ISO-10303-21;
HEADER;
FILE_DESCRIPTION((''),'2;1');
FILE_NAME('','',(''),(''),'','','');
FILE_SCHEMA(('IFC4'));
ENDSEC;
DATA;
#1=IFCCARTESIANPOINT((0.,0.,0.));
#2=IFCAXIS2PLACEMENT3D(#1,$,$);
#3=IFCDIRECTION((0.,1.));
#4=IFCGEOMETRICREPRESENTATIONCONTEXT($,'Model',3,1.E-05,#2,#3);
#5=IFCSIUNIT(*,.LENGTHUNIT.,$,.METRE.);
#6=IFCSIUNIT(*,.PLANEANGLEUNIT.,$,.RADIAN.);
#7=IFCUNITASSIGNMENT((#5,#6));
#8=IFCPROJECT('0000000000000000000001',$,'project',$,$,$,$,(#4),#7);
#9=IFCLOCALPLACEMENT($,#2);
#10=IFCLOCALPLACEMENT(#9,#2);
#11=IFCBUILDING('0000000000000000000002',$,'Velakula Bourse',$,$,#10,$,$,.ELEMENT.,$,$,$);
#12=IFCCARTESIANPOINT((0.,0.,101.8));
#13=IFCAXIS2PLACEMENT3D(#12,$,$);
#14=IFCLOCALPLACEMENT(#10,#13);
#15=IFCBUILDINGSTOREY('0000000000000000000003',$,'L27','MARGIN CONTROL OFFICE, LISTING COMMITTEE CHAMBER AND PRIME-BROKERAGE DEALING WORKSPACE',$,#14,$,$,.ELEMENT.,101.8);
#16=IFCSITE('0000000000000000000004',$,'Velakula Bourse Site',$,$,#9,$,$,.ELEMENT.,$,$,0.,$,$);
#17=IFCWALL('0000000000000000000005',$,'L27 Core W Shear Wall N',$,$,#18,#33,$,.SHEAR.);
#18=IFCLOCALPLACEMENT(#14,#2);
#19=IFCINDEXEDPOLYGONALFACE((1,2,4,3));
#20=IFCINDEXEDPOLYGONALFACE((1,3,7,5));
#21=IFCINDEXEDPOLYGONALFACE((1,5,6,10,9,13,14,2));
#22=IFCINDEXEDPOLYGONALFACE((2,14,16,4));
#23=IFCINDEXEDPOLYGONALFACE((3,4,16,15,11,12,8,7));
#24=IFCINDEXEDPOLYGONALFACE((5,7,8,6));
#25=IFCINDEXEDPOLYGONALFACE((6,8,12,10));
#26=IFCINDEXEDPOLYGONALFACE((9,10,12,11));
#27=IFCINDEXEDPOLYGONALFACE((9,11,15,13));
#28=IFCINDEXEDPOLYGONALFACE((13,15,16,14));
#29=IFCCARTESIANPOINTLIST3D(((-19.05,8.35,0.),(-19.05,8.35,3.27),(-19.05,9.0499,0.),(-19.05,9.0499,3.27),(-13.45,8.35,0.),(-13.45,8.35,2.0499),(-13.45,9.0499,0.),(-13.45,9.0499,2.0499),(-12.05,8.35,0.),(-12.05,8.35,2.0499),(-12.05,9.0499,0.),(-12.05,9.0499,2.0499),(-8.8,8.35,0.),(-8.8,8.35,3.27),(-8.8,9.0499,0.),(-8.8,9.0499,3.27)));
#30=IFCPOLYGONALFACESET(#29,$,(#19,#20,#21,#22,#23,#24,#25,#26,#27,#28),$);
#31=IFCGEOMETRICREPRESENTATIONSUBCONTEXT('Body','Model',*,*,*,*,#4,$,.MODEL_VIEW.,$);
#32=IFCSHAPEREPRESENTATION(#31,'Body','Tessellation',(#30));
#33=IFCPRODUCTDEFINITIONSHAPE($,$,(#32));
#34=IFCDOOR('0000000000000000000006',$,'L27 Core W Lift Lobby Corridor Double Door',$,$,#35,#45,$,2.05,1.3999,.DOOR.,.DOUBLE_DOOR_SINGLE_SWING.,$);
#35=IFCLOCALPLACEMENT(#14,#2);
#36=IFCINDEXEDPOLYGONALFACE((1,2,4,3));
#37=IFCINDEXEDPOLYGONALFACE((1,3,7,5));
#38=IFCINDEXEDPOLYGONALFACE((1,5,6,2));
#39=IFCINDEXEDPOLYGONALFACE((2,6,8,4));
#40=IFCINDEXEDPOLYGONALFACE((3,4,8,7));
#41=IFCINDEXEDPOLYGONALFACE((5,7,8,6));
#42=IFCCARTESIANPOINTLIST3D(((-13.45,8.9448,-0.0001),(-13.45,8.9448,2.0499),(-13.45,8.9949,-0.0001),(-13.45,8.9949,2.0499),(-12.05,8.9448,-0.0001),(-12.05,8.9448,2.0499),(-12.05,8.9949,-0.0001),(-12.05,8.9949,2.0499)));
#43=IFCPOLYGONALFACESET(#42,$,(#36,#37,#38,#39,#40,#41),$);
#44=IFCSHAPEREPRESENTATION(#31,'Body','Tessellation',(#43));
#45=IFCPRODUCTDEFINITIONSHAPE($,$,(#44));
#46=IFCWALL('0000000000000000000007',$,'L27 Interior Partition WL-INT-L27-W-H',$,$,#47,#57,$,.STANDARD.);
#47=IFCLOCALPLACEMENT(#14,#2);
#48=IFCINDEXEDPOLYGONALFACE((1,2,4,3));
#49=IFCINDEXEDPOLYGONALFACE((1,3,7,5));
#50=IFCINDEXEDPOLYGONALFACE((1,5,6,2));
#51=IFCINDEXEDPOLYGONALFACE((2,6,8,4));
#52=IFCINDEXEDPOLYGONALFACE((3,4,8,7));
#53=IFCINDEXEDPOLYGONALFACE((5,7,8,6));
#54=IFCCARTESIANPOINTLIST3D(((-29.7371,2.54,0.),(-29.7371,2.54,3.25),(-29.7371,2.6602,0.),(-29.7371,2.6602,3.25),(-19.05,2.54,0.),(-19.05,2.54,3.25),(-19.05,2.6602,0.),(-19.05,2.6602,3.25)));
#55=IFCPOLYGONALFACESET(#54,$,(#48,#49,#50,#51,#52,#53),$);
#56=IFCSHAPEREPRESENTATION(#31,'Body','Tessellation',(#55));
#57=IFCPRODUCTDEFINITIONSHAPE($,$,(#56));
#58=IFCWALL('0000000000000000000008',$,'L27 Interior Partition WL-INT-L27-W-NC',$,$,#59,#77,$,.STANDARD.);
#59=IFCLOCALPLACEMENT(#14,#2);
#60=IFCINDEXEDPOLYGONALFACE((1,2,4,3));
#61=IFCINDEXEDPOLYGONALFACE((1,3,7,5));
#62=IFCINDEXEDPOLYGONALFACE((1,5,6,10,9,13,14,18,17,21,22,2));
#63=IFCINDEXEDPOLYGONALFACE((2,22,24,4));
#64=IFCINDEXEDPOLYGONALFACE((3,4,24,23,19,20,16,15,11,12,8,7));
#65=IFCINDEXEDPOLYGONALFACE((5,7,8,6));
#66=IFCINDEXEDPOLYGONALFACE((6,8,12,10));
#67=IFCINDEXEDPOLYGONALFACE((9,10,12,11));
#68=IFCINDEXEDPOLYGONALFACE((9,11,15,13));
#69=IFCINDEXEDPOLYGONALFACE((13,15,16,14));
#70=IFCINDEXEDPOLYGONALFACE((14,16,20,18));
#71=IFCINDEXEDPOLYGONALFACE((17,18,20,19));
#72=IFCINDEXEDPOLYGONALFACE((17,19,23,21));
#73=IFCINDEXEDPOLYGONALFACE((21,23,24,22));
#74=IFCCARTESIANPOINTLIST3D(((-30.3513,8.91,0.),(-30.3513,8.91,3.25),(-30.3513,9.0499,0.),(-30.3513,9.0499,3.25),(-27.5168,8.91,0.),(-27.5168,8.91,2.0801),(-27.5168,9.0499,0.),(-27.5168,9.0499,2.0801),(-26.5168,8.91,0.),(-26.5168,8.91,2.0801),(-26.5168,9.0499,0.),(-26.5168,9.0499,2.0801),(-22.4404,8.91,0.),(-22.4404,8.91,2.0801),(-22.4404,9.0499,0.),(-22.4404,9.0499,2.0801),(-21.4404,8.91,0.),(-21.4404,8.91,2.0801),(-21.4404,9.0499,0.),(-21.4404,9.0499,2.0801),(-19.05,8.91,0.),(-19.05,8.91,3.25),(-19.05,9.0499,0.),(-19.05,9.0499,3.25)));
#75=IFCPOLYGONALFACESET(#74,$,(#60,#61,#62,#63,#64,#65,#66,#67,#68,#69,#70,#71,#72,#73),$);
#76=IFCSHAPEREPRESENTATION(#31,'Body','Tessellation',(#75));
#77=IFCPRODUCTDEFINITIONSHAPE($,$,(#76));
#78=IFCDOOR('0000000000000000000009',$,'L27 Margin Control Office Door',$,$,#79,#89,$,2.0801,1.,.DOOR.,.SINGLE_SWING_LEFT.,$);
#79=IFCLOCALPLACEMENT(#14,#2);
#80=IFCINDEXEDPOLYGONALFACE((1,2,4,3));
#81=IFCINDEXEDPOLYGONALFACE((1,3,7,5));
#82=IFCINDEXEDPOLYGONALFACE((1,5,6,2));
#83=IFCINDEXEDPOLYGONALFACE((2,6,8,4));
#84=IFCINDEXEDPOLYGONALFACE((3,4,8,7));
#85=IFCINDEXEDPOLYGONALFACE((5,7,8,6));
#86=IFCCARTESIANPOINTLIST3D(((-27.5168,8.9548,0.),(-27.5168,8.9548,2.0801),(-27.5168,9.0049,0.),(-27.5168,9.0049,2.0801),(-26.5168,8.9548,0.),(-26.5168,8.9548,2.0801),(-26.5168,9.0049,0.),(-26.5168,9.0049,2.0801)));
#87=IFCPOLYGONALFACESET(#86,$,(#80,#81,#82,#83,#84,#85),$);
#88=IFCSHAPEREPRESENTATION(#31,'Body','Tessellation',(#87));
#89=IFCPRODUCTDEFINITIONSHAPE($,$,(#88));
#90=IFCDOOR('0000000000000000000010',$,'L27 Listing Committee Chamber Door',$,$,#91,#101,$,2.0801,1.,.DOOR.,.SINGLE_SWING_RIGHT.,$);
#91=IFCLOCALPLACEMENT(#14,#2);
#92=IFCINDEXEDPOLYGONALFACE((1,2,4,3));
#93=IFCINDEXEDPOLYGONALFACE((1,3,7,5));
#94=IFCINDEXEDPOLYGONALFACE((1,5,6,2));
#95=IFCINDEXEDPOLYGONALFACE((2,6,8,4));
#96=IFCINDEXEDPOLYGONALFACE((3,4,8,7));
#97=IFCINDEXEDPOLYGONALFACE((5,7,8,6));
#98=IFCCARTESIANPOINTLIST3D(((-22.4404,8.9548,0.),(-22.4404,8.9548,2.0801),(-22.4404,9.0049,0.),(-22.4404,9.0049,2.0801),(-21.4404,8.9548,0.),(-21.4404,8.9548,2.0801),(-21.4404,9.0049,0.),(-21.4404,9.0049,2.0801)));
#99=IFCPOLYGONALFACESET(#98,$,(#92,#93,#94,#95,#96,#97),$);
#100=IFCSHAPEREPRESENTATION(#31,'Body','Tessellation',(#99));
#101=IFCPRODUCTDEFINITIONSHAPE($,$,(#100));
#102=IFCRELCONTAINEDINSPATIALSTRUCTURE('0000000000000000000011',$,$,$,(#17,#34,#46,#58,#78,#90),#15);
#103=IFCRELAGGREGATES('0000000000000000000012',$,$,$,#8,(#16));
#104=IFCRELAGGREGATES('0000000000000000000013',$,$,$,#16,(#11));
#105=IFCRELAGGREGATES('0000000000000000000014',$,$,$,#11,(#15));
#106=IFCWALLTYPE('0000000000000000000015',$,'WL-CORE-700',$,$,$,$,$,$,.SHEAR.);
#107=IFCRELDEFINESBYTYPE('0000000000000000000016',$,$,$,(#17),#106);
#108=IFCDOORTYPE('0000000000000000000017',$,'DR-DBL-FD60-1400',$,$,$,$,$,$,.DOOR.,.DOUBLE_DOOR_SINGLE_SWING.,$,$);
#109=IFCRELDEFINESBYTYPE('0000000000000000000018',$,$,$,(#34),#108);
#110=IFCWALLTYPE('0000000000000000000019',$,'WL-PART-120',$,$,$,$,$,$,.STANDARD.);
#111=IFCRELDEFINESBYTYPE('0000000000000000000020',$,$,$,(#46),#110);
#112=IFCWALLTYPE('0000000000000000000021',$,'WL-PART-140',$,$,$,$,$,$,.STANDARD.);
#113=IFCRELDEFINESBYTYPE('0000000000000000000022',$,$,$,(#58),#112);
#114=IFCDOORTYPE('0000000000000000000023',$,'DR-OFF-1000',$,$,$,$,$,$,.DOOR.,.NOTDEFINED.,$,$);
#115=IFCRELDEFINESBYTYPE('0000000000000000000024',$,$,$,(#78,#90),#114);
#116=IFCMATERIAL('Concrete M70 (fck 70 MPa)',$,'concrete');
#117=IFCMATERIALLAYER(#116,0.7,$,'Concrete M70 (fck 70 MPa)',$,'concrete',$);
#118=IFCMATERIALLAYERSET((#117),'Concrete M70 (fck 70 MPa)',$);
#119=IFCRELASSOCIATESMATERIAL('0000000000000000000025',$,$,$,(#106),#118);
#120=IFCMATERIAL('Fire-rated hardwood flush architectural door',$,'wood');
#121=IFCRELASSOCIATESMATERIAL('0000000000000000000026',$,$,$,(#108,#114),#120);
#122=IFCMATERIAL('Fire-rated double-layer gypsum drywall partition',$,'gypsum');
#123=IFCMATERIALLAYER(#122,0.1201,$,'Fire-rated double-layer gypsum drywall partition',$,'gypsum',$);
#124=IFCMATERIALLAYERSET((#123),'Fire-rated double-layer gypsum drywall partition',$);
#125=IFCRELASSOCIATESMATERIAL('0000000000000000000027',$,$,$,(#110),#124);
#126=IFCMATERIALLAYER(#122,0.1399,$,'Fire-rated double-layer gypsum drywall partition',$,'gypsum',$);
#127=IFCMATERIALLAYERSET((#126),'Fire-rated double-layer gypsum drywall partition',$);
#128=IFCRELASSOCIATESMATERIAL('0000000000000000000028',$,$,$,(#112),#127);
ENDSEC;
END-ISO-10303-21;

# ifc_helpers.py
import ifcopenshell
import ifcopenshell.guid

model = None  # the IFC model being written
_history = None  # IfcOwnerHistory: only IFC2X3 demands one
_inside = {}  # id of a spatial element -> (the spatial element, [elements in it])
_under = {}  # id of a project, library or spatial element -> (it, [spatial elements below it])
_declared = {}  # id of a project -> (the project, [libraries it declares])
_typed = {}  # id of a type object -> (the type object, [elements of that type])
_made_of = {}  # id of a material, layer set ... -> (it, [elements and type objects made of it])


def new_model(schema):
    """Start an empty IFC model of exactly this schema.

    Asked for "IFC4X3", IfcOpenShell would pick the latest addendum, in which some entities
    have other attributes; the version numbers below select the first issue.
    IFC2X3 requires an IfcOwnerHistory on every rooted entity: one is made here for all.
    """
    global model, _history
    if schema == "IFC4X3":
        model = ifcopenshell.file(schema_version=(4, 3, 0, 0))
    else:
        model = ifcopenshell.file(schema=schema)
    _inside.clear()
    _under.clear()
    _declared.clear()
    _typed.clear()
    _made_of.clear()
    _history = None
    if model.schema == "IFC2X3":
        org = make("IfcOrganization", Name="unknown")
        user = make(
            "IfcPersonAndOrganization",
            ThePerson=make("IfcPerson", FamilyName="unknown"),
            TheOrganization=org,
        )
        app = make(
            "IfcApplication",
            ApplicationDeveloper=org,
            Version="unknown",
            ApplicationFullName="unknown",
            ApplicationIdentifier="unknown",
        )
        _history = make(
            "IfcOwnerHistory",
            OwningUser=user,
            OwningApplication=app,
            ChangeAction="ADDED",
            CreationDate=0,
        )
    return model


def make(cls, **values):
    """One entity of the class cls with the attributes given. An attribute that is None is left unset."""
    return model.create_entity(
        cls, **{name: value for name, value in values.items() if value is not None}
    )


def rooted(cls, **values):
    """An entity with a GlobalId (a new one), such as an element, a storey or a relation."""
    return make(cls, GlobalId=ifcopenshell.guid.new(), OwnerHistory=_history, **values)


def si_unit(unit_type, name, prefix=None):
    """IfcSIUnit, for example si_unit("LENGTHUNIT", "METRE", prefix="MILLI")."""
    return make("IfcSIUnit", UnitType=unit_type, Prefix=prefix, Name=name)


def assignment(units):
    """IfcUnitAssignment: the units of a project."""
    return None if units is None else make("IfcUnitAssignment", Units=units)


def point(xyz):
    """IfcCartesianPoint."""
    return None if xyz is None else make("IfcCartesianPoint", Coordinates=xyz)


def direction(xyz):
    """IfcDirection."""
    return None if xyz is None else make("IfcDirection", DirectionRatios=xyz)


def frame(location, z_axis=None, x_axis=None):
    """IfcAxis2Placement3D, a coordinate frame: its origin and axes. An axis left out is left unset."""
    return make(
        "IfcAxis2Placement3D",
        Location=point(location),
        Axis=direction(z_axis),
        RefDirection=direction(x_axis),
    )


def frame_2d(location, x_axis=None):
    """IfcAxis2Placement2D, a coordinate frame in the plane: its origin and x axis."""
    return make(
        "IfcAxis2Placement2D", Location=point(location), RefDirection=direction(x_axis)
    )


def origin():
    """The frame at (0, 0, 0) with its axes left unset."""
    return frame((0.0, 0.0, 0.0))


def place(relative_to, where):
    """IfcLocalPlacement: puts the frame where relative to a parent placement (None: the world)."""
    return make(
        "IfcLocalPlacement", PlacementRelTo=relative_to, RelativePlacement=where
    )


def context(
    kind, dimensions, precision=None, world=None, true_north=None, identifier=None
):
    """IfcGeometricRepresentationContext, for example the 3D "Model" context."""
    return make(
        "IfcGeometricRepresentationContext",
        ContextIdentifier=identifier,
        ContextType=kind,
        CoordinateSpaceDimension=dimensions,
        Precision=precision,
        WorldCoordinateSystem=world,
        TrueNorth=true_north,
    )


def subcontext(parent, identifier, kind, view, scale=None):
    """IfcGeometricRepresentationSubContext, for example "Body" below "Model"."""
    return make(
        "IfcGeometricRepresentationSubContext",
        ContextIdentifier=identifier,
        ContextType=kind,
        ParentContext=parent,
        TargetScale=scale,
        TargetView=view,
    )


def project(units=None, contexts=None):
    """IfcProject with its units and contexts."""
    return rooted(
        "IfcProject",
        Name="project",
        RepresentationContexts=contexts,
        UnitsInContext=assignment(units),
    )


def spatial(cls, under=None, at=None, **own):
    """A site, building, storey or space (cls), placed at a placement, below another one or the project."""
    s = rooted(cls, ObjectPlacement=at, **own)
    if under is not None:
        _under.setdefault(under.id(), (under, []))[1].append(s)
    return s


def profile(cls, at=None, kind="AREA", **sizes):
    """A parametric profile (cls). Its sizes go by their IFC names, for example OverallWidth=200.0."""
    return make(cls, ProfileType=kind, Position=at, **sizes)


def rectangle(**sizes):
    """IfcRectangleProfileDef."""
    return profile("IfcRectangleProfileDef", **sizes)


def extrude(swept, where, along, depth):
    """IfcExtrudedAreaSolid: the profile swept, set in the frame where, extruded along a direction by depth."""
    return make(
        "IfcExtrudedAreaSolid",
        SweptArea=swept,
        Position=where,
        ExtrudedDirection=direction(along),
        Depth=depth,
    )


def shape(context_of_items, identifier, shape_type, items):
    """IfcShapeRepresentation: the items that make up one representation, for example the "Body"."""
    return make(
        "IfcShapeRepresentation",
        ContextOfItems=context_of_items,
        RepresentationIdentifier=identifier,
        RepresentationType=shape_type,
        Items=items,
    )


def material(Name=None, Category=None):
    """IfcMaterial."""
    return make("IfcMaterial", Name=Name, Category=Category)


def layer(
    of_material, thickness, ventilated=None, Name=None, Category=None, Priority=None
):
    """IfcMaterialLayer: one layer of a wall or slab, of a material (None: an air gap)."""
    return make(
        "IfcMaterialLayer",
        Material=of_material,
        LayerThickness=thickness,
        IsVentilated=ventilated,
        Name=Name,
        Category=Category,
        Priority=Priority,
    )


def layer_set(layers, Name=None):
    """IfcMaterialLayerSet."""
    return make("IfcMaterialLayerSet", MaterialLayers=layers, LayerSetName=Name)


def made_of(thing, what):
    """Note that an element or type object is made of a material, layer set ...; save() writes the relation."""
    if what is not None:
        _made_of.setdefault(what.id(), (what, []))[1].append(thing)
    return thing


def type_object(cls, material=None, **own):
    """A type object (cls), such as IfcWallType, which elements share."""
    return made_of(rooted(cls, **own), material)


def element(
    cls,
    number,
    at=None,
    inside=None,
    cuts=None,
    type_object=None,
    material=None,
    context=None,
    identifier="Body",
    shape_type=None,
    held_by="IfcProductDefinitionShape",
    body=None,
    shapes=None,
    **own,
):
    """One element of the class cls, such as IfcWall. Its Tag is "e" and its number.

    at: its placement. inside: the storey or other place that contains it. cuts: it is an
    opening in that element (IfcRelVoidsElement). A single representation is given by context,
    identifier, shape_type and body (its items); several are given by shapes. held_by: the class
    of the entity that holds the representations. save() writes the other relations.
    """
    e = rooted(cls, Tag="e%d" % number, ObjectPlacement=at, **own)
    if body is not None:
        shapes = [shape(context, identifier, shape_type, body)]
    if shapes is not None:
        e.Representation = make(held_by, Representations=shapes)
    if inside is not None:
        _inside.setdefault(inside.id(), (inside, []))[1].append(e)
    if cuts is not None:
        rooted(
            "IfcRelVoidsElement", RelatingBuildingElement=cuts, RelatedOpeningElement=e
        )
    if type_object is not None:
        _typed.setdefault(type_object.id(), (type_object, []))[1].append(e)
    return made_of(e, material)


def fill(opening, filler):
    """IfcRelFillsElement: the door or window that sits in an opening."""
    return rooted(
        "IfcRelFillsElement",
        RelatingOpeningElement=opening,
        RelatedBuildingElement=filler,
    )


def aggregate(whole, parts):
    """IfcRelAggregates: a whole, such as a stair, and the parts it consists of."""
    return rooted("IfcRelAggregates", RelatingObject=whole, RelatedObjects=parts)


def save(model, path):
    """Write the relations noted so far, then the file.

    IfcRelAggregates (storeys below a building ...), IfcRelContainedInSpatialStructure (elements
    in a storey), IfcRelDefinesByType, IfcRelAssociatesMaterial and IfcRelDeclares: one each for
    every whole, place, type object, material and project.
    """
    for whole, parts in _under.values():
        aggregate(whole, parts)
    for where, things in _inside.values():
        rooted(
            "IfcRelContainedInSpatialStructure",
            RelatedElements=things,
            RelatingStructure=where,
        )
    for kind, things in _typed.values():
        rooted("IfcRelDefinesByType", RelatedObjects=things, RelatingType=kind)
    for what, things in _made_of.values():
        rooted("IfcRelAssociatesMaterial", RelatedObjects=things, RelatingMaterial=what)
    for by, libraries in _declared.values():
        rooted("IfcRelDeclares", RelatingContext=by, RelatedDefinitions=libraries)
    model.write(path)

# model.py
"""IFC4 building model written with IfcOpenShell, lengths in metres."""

from ifc_helpers import new_model, si_unit, direction, frame, frame_2d, origin, place, context, subcontext, project, spatial, rectangle, extrude, material, layer, layer_set, type_object, element, fill, save


model = new_model("IFC4")

# Units and contexts
model_context = context("Model", 3, precision=1e-05, world=origin(), true_north=direction((0.0, 1.0)))
body_context = subcontext(model_context, "Body", "Model", "MODEL_VIEW")
ifc_project = project(units=[si_unit("LENGTHUNIT", "METRE"), si_unit("PLANEANGLEUNIT", "RADIAN")], contexts=[model_context])

# Site, building, storey
site_placement = place(None, origin())
site = spatial("IfcSite", under=ifc_project, at=site_placement, Name="Velakula Bourse Site", CompositionType="ELEMENT", RefElevation=0.0)
building_placement = place(site_placement, origin())
building = spatial("IfcBuilding", under=site, at=building_placement, Name="Velakula Bourse", CompositionType="ELEMENT")
storey_placement = place(building_placement, frame((0.0, 0.0, 101.8)))
storey = spatial("IfcBuildingStorey", under=building, at=storey_placement, Name="L27", Description="MARGIN CONTROL OFFICE, LISTING COMMITTEE CHAMBER AND PRIME-BROKERAGE DEALING WORKSPACE", CompositionType="ELEMENT", Elevation=101.8)

# Shared definitions
ifc_material_1 = material(Name="Concrete M70 (fck 70 MPa)", Category="concrete")

# Wall, opening, door
ifc_layer_1 = layer(ifc_material_1, 0.7, Name="Concrete M70 (fck 70 MPa)", Category="concrete")
ifc_layer_set_1 = layer_set([ifc_layer_1], Name="Concrete M70 (fck 70 MPa)")
wall_type_1 = type_object("IfcWallType", Name="WL-CORE-700", PredefinedType="SHEAR", material=ifc_layer_set_1)
wall_1_placement = place(storey_placement, frame((-19.05, 8.7, 0.0), z_axis=(0.0, 0.0, 1.0), x_axis=(1.0, 0.0, 0.0)))
wall_1 = element("IfcWall", 1, at=wall_1_placement, inside=storey, type_object=wall_type_1, Name="L27 Core W Shear Wall N", PredefinedType="SHEAR", context=body_context, shape_type="SweptSolid", body=[
    extrude(rectangle(XDim=10.25, YDim=0.7, at=frame_2d((5.125, 0.0))), origin(), (0.0, 0.0, 1.0), 3.27),
])
opening_1_placement = place(wall_1_placement, frame((5.6001, 0.0, 0.0)))
opening_1 = element("IfcOpeningElement", 2, at=opening_1_placement, cuts=wall_1, PredefinedType="OPENING", context=body_context, shape_type="SweptSolid", body=[
    extrude(rectangle(XDim=1.3999, YDim=2.05, at=frame_2d((0.7, 1.0249))), frame((0.0, 0.3599, 0.0), z_axis=(0.0, -1.0, 0.0), x_axis=(1.0, 0.0, 0.0)), (0.0, 0.0, 1.0), 0.72),
])
ifc_material_2 = material(Name="Fire-rated hardwood flush architectural door", Category="wood")
door_type_1 = type_object("IfcDoorType", Name="DR-DBL-FD60-1400", OperationType="DOUBLE_DOOR_SINGLE_SWING", PredefinedType="DOOR", material=ifc_material_2)
door_1_placement = place(opening_1_placement, origin())
door_1 = element("IfcDoor", 3, at=door_1_placement, inside=storey, type_object=door_type_1, Name="L27 Core W Lift Lobby Corridor Double Door", OperationType="DOUBLE_DOOR_SINGLE_SWING", OverallHeight=2.05, OverallWidth=1.3999, PredefinedType="DOOR", context=body_context, shape_type="SweptSolid", body=[
    extrude(rectangle(XDim=1.3999, YDim=2.05, at=frame_2d((0.7, 1.0249))), frame((0.0, 0.2949, 0.0), z_axis=(0.0, -1.0, 0.0), x_axis=(1.0, 0.0, 0.0)), (0.0, 0.0, 1.0), 0.05),
])
fill(opening_1, door_1)

# Wall
ifc_material_3 = material(Name="Fire-rated double-layer gypsum drywall partition", Category="gypsum")
ifc_layer_2 = layer(ifc_material_3, 0.1201, Name="Fire-rated double-layer gypsum drywall partition", Category="gypsum")
ifc_layer_set_2 = layer_set([ifc_layer_2], Name="Fire-rated double-layer gypsum drywall partition")
wall_type_2 = type_object("IfcWallType", Name="WL-PART-120", PredefinedType="STANDARD", material=ifc_layer_set_2)
wall_2_placement = place(storey_placement, frame((-29.7371, 2.6001, 0.0), z_axis=(0.0, 0.0, 1.0), x_axis=(1.0, 0.0, 0.0)))
element("IfcWall", 4, at=wall_2_placement, inside=storey, type_object=wall_type_2, Name="L27 Interior Partition WL-INT-L27-W-H", PredefinedType="STANDARD", context=body_context, shape_type="SweptSolid", body=[
    extrude(rectangle(XDim=10.687, YDim=0.1201, at=frame_2d((5.3435, 0.0))), origin(), (0.0, 0.0, 1.0), 3.25),
])

# Wall, openings, doors
ifc_layer_3 = layer(ifc_material_3, 0.1399, Name="Fire-rated double-layer gypsum drywall partition", Category="gypsum")
ifc_layer_set_3 = layer_set([ifc_layer_3], Name="Fire-rated double-layer gypsum drywall partition")
wall_type_3 = type_object("IfcWallType", Name="WL-PART-140", PredefinedType="STANDARD", material=ifc_layer_set_3)
wall_3_placement = place(storey_placement, frame((-30.3513, 8.98, 0.0), z_axis=(0.0, 0.0, 1.0), x_axis=(1.0, 0.0, 0.0)))
wall_3 = element("IfcWall", 5, at=wall_3_placement, inside=storey, type_object=wall_type_3, Name="L27 Interior Partition WL-INT-L27-W-NC", PredefinedType="STANDARD", context=body_context, shape_type="SweptSolid", body=[
    extrude(rectangle(XDim=11.3013, YDim=0.1399, at=frame_2d((5.6506, 0.0))), origin(), (0.0, 0.0, 1.0), 3.25),
])
opening_2_placement = place(wall_3_placement, frame((2.8345, 0.0, 0.0)))
opening_2 = element("IfcOpeningElement", 6, at=opening_2_placement, cuts=wall_3, PredefinedType="OPENING", context=body_context, shape_type="SweptSolid", body=[
    extrude(rectangle(XDim=1.0, YDim=2.0801, at=frame_2d((0.5, 1.04))), frame((0.0, 0.0798, 0.0), z_axis=(0.0, -1.0, 0.0), x_axis=(1.0, 0.0, 0.0)), (0.0, 0.0, 1.0), 0.1599),
])
opening_3_placement = place(wall_3_placement, frame((7.9109, 0.0, 0.0)))
opening_3 = element("IfcOpeningElement", 7, at=opening_3_placement, cuts=wall_3, PredefinedType="OPENING", context=body_context, shape_type="SweptSolid", body=[
    extrude(rectangle(XDim=1.0, YDim=2.0801, at=frame_2d((0.5, 1.04))), frame((0.0, 0.0798, 0.0), z_axis=(0.0, -1.0, 0.0), x_axis=(1.0, 0.0, 0.0)), (0.0, 0.0, 1.0), 0.1599),
])
door_type_2 = type_object("IfcDoorType", Name="DR-OFF-1000", OperationType="NOTDEFINED", PredefinedType="DOOR", material=ifc_material_2)
door_2_placement = place(opening_2_placement, origin())
door_2 = element("IfcDoor", 8, at=door_2_placement, inside=storey, type_object=door_type_2, Name="L27 Margin Control Office Door", OperationType="SINGLE_SWING_LEFT", OverallHeight=2.0801, OverallWidth=1.0, PredefinedType="DOOR", context=body_context, shape_type="SweptSolid", body=[
    extrude(rectangle(XDim=1.0, YDim=2.0801, at=frame_2d((0.5, 1.04))), frame((0.0, 0.0249, 0.0), z_axis=(0.0, -1.0, 0.0), x_axis=(1.0, 0.0, 0.0)), (0.0, 0.0, 1.0), 0.05),
])
fill(opening_2, door_2)
door_3_placement = place(opening_3_placement, origin())
door_3 = element("IfcDoor", 9, at=door_3_placement, inside=storey, type_object=door_type_2, Name="L27 Listing Committee Chamber Door", OperationType="SINGLE_SWING_RIGHT", OverallHeight=2.0801, OverallWidth=1.0, PredefinedType="DOOR", context=body_context, shape_type="SweptSolid", body=[
    extrude(rectangle(XDim=1.0, YDim=2.0801, at=frame_2d((0.5, 1.04))), frame((0.0, 0.0249, 0.0), z_axis=(0.0, -1.0, 0.0), x_axis=(1.0, 0.0, 0.0)), (0.0, 0.0, 1.0), 0.05),
])
fill(opening_3, door_3)

save(model, "model.ifc")
